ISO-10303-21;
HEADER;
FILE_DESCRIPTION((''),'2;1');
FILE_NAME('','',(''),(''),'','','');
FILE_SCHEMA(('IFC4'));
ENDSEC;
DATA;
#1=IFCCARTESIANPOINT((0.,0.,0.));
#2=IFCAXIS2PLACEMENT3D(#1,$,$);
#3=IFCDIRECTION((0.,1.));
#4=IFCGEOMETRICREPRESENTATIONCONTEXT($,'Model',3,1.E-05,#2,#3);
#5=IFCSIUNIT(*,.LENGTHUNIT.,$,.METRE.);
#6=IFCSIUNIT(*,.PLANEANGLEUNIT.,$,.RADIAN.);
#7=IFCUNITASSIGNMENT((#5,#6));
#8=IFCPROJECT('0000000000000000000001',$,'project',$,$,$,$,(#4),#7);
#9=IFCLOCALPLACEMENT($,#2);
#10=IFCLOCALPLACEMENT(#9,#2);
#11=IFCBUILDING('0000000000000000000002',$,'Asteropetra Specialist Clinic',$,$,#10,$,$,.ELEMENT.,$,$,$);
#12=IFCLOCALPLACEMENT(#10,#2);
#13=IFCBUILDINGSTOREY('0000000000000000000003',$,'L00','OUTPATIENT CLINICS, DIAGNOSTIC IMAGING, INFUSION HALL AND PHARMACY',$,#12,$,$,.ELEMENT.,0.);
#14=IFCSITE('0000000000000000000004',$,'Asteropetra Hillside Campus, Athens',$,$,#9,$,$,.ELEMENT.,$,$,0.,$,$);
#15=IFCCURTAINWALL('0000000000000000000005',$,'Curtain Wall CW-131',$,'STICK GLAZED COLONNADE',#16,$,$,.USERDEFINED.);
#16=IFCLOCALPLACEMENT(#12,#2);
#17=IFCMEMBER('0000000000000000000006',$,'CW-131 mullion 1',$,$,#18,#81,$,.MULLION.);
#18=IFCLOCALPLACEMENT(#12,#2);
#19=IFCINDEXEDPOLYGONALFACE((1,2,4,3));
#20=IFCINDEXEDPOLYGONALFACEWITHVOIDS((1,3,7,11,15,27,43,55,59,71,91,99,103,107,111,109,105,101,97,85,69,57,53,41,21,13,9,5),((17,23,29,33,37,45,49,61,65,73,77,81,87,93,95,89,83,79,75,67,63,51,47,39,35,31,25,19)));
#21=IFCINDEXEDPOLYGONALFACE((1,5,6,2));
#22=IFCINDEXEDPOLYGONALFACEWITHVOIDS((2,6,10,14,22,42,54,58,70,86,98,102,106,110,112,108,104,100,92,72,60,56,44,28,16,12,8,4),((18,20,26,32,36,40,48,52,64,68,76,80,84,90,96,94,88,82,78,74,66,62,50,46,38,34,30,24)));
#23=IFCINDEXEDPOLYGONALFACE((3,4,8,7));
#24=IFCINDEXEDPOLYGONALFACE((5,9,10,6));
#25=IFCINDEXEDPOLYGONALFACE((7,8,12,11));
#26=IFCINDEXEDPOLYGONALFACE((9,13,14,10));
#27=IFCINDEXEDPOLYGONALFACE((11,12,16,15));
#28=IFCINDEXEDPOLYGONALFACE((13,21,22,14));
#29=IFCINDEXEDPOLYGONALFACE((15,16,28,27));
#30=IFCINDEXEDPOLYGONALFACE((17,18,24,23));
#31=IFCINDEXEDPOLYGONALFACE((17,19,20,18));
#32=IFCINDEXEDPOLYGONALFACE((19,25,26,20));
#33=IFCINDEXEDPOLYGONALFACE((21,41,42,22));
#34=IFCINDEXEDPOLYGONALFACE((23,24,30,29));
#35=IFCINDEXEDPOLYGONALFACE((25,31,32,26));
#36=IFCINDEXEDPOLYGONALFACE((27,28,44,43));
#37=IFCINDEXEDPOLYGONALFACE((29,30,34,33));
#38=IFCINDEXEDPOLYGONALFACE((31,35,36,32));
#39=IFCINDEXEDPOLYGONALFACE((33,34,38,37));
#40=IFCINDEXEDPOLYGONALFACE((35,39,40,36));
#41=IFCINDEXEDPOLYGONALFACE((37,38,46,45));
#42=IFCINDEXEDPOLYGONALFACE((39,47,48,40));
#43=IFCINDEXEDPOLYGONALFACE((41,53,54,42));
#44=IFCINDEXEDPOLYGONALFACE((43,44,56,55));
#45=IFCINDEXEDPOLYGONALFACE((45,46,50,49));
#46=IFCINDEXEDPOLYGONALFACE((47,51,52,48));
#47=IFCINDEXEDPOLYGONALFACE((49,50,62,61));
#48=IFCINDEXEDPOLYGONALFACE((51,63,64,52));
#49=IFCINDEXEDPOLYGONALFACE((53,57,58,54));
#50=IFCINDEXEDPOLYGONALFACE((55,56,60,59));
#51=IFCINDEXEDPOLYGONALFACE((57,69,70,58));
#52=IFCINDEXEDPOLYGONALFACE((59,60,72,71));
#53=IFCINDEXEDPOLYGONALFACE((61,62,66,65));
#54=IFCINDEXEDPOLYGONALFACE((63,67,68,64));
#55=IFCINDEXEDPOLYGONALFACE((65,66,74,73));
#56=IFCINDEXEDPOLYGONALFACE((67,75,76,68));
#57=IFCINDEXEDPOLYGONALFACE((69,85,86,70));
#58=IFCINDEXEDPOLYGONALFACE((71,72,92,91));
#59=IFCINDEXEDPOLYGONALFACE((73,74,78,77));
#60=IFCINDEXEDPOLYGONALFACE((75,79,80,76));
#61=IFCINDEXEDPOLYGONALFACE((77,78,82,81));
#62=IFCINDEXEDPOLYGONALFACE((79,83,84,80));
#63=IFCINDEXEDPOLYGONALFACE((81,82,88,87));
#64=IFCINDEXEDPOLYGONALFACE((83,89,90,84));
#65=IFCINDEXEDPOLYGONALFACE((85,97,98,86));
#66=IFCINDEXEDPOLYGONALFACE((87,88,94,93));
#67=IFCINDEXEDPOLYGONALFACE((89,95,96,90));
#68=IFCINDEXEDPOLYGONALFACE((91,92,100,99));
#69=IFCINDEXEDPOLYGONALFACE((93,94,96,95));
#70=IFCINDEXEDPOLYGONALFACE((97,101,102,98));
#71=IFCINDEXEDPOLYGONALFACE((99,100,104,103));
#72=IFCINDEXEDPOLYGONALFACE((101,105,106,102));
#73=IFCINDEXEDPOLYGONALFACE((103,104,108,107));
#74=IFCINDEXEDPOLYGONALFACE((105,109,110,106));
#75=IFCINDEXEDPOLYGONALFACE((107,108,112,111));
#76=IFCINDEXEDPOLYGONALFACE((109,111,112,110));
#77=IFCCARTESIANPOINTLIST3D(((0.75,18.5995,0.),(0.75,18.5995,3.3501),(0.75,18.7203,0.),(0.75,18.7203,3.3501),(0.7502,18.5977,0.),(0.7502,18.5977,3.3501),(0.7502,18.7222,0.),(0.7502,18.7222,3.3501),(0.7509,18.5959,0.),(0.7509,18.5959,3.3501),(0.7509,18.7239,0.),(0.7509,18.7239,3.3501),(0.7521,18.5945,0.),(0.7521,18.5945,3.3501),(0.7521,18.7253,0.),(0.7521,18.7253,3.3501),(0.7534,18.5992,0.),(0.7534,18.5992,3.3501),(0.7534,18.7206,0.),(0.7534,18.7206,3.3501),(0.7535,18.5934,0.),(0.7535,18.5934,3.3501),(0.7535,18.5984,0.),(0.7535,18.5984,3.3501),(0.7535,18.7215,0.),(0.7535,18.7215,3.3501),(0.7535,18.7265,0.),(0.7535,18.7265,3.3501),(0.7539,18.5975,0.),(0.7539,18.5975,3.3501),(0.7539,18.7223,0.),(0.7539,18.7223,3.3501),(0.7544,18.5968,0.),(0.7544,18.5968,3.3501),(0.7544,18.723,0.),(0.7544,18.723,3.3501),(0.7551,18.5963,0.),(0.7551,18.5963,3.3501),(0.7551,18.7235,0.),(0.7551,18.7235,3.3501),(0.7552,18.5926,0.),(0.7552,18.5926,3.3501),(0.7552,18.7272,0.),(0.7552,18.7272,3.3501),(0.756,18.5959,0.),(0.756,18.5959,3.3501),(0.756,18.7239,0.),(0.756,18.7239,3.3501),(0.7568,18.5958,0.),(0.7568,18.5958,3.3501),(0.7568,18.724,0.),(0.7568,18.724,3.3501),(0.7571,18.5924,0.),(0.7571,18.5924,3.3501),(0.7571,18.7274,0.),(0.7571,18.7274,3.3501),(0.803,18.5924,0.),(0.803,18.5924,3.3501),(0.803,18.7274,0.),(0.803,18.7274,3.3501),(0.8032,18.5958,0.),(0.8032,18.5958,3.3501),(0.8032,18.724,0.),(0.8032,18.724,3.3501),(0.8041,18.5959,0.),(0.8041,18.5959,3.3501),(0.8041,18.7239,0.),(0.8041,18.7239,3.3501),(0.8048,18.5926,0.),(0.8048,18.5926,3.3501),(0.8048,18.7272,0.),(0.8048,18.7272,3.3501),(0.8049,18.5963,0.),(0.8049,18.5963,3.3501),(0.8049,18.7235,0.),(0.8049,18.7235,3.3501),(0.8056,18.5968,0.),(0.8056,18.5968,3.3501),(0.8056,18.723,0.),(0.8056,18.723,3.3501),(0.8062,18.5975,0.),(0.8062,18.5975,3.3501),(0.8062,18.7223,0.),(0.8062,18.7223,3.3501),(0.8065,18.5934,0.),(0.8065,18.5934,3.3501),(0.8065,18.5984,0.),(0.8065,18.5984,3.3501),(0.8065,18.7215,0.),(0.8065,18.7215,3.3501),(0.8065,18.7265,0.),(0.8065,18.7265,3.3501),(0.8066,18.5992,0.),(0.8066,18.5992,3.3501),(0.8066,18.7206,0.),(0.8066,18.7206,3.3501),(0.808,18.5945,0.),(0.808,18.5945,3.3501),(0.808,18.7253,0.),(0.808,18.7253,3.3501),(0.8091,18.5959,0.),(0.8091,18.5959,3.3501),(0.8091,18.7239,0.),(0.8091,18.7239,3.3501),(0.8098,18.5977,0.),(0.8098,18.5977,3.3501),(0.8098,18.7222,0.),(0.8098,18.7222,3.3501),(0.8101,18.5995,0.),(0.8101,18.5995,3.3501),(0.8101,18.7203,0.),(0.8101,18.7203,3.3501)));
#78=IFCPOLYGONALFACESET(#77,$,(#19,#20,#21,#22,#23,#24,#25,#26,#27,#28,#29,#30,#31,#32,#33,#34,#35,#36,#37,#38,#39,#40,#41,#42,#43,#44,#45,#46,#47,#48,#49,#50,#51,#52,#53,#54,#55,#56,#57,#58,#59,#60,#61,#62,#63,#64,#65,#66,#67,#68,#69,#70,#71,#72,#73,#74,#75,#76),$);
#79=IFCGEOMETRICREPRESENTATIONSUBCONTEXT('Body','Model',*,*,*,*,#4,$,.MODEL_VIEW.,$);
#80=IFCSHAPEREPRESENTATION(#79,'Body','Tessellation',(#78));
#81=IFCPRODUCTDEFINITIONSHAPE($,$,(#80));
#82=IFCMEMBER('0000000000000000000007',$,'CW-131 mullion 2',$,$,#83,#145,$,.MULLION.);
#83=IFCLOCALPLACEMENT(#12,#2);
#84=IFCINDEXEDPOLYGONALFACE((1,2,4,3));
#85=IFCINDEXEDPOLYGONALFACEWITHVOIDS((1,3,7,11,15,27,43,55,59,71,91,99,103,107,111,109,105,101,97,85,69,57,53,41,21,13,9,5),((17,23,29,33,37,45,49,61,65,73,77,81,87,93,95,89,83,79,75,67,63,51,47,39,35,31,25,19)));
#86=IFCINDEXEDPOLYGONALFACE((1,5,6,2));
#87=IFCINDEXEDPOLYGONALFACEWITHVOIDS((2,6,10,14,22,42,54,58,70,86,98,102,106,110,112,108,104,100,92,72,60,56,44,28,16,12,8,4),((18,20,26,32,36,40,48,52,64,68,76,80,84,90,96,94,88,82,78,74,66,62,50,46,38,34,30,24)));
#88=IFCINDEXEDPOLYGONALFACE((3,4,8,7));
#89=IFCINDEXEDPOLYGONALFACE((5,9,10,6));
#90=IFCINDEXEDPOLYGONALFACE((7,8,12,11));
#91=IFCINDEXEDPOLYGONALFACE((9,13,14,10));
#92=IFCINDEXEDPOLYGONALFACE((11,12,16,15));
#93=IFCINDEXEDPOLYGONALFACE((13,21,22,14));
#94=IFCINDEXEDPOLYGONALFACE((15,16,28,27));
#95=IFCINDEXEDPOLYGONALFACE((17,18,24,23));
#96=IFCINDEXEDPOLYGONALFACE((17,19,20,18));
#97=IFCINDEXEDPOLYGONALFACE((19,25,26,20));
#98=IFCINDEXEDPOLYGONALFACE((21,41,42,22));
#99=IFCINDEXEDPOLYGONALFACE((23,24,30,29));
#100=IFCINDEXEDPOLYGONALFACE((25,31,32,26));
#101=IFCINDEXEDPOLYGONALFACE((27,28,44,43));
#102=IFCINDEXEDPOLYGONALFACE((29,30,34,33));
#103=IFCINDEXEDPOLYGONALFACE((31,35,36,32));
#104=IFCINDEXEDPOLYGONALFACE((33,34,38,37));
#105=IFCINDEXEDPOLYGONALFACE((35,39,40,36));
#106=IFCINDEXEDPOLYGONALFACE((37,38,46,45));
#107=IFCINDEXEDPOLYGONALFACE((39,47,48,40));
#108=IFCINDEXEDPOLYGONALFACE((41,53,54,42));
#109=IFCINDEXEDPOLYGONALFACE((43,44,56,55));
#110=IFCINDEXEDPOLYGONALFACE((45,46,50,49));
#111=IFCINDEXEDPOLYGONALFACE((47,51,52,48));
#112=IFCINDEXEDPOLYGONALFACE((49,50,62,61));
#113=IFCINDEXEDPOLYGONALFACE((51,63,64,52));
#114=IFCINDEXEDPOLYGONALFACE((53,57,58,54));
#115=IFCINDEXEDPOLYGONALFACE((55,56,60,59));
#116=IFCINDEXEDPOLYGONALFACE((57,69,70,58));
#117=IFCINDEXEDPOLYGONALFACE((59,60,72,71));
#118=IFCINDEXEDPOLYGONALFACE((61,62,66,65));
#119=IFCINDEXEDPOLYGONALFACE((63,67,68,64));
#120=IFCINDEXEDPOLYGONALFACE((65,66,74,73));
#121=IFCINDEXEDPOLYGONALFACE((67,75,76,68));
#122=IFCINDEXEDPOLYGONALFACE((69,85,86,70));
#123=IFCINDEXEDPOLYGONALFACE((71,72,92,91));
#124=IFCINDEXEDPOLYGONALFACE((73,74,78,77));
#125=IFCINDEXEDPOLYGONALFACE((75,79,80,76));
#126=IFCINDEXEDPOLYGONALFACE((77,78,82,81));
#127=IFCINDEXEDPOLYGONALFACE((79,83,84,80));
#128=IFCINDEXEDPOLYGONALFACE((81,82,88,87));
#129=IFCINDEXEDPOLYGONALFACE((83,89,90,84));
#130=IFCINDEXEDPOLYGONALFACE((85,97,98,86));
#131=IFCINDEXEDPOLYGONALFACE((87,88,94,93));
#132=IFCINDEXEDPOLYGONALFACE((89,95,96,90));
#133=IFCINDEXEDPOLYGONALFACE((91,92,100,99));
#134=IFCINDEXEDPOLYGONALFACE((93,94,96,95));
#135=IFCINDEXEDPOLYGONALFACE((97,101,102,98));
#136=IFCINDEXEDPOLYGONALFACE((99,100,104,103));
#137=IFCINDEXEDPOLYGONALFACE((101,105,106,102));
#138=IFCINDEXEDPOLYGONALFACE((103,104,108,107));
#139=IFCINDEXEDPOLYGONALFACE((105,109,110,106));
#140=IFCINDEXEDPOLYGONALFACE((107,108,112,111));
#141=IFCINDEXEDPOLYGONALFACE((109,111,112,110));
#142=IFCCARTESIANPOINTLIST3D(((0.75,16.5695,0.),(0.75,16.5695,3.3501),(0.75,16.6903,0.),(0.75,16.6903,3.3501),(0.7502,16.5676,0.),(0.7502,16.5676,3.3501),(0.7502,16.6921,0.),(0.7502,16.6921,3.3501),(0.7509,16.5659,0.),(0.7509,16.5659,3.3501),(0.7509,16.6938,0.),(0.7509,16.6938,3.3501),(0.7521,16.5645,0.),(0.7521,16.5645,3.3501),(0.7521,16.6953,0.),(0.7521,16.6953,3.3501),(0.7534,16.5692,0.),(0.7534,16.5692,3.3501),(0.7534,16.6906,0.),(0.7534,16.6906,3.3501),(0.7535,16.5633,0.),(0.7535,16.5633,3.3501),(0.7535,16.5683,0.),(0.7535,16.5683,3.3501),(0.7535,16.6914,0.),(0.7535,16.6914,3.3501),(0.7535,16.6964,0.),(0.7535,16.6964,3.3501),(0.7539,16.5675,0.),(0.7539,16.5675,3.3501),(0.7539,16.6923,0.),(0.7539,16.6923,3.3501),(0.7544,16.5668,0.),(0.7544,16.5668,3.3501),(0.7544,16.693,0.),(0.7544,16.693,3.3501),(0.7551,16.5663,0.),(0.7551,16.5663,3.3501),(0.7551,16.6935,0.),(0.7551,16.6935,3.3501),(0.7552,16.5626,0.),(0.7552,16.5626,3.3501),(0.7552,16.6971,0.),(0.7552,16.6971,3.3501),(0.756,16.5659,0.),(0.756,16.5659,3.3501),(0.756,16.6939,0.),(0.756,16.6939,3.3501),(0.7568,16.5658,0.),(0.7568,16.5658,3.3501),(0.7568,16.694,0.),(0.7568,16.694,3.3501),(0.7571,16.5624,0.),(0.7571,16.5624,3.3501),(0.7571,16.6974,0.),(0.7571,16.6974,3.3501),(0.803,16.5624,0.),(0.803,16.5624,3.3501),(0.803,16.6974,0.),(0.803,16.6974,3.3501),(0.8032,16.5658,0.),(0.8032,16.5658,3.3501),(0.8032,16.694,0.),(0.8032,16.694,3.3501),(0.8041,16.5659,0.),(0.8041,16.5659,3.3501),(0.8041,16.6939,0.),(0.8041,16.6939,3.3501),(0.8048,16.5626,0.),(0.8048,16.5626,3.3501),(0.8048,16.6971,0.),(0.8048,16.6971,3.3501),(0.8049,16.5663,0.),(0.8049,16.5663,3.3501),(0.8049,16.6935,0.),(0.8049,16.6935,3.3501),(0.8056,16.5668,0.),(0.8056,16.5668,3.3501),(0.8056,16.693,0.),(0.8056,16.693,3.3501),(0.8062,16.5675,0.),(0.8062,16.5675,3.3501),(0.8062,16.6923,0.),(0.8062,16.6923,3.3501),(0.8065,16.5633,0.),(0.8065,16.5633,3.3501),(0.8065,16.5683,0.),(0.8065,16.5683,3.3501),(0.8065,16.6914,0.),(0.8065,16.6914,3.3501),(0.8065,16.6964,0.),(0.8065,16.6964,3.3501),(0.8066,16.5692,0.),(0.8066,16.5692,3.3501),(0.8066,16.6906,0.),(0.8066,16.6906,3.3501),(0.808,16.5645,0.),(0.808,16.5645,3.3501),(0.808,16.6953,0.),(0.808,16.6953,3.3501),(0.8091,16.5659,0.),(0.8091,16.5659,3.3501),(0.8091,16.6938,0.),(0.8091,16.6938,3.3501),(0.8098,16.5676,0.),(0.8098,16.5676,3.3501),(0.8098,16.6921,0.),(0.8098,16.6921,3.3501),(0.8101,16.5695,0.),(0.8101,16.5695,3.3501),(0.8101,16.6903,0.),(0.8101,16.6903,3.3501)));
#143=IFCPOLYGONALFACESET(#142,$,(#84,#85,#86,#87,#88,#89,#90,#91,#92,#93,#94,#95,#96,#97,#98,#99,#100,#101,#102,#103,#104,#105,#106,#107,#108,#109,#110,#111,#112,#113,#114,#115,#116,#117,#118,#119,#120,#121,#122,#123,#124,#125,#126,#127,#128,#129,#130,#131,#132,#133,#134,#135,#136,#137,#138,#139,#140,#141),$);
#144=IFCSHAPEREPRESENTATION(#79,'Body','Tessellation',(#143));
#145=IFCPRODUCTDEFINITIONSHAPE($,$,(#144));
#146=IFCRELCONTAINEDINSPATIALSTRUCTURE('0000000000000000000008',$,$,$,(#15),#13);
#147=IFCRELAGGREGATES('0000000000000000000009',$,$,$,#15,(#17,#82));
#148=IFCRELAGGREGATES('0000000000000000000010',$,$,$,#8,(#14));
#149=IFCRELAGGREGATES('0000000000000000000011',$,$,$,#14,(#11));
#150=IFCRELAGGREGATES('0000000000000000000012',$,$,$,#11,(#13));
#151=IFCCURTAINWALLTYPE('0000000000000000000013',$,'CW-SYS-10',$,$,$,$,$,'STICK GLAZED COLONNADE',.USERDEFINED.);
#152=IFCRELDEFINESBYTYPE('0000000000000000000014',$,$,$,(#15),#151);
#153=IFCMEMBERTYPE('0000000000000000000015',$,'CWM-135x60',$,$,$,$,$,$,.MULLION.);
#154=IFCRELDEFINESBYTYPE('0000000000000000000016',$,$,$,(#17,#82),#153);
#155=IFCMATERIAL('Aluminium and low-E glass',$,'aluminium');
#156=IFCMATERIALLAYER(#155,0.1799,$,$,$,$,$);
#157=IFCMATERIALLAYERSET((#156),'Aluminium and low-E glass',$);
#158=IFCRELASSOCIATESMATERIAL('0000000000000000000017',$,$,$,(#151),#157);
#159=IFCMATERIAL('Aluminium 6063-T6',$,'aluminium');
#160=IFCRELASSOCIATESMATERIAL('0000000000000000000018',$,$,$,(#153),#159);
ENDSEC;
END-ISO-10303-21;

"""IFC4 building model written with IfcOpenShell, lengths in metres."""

from ifc_helpers import new_model, si_unit, direction, frame, origin, origin_2d, place, context, subcontext, project, spatial, hollow_rectangle, extrude, material, layer, layer_set, material_profile, profile_set, type_object, element, aggregate, save


model = new_model("IFC4")

# Units and contexts
model_context = context("Model", 3, precision=1e-05, world=origin(), true_north=direction((0.0, 1.0)))
body_context = subcontext(model_context, "Body", "Model", "MODEL_VIEW")
ifc_project = project(units=[si_unit("LENGTHUNIT", "METRE"), si_unit("PLANEANGLEUNIT", "RADIAN")], contexts=[model_context])

# Site, building, storey
site_placement = place(None, origin())
site = spatial("IfcSite", under=ifc_project, at=site_placement, Name="Asteropetra Hillside Campus, Athens", CompositionType="ELEMENT", RefElevation=0.0)
building_placement = place(site_placement, origin())
building = spatial("IfcBuilding", under=site, at=building_placement, Name="Asteropetra Specialist Clinic", CompositionType="ELEMENT")
storey_placement = place(building_placement, origin())
storey = spatial("IfcBuildingStorey", under=building, at=storey_placement, Name="L00", Description="OUTPATIENT CLINICS, DIAGNOSTIC IMAGING, INFUSION HALL AND PHARMACY", CompositionType="ELEMENT", Elevation=0.0)

# Curtain wall, members
ifc_material_1 = material(Name="Aluminium and low-E glass", Category="aluminium")
ifc_layer_1 = layer(ifc_material_1, 0.1799)
ifc_layer_set_1 = layer_set([ifc_layer_1], Name="Aluminium and low-E glass")
curtain_wall_type = type_object("IfcCurtainWallType", Name="CW-SYS-10", ElementType="STICK GLAZED COLONNADE", PredefinedType="USERDEFINED", material=ifc_layer_set_1)
curtain_wall_placement = place(storey_placement, origin())
curtain_wall = element("IfcCurtainWall", 1, at=curtain_wall_placement, inside=storey, type_object=curtain_wall_type, Name="Curtain Wall CW-131", ObjectType="STICK GLAZED COLONNADE", PredefinedType="USERDEFINED")
ifc_material_2 = material(Name="Aluminium 6063-T6", Category="aluminium")
ifc_material_profile_1 = material_profile(ifc_material_2, hollow_rectangle(XDim=0.0601, YDim=0.135, WallThickness=0.0034, InnerFilletRadius=0.0034, OuterFilletRadius=0.0071, at=origin_2d()), Name="MUL 135x60x3.5")
ifc_profile_set_1 = profile_set([ifc_material_profile_1], Name="Aluminium 6063-T6")
member_type_1 = type_object("IfcMemberType", Name="CWM-135x60", PredefinedType="MULLION", material=ifc_profile_set_1)
member_1_placement = place(storey_placement, frame((0.78, 18.6599, 0.0), z_axis=(0.0, 0.0, 1.0), x_axis=(1.0, 0.0, 0.0)))
member_1 = element("IfcMember", 2, at=member_1_placement, type_object=member_type_1, Name="CW-131 mullion 1", PredefinedType="MULLION", context=body_context, shape_type="SweptSolid", body=[
    extrude(hollow_rectangle(XDim=0.0601, YDim=0.135, WallThickness=0.0034, InnerFilletRadius=0.0034, OuterFilletRadius=0.0071, at=origin_2d()), origin(), (0.0, 0.0, 1.0), 3.3501),
])
member_2_placement = place(storey_placement, frame((0.78, 16.6299, 0.0), z_axis=(0.0, 0.0, 1.0), x_axis=(1.0, 0.0, 0.0)))
member_2 = element("IfcMember", 3, at=member_2_placement, type_object=member_type_1, Name="CW-131 mullion 2", PredefinedType="MULLION", context=body_context, shape_type="SweptSolid", body=[
    extrude(hollow_rectangle(XDim=0.0601, YDim=0.135, WallThickness=0.0034, InnerFilletRadius=0.0034, OuterFilletRadius=0.0071, at=origin_2d()), origin(), (0.0, 0.0, 1.0), 3.3501),
])
aggregate(curtain_wall, [member_1, member_2])

save(model, "model.ifc")
